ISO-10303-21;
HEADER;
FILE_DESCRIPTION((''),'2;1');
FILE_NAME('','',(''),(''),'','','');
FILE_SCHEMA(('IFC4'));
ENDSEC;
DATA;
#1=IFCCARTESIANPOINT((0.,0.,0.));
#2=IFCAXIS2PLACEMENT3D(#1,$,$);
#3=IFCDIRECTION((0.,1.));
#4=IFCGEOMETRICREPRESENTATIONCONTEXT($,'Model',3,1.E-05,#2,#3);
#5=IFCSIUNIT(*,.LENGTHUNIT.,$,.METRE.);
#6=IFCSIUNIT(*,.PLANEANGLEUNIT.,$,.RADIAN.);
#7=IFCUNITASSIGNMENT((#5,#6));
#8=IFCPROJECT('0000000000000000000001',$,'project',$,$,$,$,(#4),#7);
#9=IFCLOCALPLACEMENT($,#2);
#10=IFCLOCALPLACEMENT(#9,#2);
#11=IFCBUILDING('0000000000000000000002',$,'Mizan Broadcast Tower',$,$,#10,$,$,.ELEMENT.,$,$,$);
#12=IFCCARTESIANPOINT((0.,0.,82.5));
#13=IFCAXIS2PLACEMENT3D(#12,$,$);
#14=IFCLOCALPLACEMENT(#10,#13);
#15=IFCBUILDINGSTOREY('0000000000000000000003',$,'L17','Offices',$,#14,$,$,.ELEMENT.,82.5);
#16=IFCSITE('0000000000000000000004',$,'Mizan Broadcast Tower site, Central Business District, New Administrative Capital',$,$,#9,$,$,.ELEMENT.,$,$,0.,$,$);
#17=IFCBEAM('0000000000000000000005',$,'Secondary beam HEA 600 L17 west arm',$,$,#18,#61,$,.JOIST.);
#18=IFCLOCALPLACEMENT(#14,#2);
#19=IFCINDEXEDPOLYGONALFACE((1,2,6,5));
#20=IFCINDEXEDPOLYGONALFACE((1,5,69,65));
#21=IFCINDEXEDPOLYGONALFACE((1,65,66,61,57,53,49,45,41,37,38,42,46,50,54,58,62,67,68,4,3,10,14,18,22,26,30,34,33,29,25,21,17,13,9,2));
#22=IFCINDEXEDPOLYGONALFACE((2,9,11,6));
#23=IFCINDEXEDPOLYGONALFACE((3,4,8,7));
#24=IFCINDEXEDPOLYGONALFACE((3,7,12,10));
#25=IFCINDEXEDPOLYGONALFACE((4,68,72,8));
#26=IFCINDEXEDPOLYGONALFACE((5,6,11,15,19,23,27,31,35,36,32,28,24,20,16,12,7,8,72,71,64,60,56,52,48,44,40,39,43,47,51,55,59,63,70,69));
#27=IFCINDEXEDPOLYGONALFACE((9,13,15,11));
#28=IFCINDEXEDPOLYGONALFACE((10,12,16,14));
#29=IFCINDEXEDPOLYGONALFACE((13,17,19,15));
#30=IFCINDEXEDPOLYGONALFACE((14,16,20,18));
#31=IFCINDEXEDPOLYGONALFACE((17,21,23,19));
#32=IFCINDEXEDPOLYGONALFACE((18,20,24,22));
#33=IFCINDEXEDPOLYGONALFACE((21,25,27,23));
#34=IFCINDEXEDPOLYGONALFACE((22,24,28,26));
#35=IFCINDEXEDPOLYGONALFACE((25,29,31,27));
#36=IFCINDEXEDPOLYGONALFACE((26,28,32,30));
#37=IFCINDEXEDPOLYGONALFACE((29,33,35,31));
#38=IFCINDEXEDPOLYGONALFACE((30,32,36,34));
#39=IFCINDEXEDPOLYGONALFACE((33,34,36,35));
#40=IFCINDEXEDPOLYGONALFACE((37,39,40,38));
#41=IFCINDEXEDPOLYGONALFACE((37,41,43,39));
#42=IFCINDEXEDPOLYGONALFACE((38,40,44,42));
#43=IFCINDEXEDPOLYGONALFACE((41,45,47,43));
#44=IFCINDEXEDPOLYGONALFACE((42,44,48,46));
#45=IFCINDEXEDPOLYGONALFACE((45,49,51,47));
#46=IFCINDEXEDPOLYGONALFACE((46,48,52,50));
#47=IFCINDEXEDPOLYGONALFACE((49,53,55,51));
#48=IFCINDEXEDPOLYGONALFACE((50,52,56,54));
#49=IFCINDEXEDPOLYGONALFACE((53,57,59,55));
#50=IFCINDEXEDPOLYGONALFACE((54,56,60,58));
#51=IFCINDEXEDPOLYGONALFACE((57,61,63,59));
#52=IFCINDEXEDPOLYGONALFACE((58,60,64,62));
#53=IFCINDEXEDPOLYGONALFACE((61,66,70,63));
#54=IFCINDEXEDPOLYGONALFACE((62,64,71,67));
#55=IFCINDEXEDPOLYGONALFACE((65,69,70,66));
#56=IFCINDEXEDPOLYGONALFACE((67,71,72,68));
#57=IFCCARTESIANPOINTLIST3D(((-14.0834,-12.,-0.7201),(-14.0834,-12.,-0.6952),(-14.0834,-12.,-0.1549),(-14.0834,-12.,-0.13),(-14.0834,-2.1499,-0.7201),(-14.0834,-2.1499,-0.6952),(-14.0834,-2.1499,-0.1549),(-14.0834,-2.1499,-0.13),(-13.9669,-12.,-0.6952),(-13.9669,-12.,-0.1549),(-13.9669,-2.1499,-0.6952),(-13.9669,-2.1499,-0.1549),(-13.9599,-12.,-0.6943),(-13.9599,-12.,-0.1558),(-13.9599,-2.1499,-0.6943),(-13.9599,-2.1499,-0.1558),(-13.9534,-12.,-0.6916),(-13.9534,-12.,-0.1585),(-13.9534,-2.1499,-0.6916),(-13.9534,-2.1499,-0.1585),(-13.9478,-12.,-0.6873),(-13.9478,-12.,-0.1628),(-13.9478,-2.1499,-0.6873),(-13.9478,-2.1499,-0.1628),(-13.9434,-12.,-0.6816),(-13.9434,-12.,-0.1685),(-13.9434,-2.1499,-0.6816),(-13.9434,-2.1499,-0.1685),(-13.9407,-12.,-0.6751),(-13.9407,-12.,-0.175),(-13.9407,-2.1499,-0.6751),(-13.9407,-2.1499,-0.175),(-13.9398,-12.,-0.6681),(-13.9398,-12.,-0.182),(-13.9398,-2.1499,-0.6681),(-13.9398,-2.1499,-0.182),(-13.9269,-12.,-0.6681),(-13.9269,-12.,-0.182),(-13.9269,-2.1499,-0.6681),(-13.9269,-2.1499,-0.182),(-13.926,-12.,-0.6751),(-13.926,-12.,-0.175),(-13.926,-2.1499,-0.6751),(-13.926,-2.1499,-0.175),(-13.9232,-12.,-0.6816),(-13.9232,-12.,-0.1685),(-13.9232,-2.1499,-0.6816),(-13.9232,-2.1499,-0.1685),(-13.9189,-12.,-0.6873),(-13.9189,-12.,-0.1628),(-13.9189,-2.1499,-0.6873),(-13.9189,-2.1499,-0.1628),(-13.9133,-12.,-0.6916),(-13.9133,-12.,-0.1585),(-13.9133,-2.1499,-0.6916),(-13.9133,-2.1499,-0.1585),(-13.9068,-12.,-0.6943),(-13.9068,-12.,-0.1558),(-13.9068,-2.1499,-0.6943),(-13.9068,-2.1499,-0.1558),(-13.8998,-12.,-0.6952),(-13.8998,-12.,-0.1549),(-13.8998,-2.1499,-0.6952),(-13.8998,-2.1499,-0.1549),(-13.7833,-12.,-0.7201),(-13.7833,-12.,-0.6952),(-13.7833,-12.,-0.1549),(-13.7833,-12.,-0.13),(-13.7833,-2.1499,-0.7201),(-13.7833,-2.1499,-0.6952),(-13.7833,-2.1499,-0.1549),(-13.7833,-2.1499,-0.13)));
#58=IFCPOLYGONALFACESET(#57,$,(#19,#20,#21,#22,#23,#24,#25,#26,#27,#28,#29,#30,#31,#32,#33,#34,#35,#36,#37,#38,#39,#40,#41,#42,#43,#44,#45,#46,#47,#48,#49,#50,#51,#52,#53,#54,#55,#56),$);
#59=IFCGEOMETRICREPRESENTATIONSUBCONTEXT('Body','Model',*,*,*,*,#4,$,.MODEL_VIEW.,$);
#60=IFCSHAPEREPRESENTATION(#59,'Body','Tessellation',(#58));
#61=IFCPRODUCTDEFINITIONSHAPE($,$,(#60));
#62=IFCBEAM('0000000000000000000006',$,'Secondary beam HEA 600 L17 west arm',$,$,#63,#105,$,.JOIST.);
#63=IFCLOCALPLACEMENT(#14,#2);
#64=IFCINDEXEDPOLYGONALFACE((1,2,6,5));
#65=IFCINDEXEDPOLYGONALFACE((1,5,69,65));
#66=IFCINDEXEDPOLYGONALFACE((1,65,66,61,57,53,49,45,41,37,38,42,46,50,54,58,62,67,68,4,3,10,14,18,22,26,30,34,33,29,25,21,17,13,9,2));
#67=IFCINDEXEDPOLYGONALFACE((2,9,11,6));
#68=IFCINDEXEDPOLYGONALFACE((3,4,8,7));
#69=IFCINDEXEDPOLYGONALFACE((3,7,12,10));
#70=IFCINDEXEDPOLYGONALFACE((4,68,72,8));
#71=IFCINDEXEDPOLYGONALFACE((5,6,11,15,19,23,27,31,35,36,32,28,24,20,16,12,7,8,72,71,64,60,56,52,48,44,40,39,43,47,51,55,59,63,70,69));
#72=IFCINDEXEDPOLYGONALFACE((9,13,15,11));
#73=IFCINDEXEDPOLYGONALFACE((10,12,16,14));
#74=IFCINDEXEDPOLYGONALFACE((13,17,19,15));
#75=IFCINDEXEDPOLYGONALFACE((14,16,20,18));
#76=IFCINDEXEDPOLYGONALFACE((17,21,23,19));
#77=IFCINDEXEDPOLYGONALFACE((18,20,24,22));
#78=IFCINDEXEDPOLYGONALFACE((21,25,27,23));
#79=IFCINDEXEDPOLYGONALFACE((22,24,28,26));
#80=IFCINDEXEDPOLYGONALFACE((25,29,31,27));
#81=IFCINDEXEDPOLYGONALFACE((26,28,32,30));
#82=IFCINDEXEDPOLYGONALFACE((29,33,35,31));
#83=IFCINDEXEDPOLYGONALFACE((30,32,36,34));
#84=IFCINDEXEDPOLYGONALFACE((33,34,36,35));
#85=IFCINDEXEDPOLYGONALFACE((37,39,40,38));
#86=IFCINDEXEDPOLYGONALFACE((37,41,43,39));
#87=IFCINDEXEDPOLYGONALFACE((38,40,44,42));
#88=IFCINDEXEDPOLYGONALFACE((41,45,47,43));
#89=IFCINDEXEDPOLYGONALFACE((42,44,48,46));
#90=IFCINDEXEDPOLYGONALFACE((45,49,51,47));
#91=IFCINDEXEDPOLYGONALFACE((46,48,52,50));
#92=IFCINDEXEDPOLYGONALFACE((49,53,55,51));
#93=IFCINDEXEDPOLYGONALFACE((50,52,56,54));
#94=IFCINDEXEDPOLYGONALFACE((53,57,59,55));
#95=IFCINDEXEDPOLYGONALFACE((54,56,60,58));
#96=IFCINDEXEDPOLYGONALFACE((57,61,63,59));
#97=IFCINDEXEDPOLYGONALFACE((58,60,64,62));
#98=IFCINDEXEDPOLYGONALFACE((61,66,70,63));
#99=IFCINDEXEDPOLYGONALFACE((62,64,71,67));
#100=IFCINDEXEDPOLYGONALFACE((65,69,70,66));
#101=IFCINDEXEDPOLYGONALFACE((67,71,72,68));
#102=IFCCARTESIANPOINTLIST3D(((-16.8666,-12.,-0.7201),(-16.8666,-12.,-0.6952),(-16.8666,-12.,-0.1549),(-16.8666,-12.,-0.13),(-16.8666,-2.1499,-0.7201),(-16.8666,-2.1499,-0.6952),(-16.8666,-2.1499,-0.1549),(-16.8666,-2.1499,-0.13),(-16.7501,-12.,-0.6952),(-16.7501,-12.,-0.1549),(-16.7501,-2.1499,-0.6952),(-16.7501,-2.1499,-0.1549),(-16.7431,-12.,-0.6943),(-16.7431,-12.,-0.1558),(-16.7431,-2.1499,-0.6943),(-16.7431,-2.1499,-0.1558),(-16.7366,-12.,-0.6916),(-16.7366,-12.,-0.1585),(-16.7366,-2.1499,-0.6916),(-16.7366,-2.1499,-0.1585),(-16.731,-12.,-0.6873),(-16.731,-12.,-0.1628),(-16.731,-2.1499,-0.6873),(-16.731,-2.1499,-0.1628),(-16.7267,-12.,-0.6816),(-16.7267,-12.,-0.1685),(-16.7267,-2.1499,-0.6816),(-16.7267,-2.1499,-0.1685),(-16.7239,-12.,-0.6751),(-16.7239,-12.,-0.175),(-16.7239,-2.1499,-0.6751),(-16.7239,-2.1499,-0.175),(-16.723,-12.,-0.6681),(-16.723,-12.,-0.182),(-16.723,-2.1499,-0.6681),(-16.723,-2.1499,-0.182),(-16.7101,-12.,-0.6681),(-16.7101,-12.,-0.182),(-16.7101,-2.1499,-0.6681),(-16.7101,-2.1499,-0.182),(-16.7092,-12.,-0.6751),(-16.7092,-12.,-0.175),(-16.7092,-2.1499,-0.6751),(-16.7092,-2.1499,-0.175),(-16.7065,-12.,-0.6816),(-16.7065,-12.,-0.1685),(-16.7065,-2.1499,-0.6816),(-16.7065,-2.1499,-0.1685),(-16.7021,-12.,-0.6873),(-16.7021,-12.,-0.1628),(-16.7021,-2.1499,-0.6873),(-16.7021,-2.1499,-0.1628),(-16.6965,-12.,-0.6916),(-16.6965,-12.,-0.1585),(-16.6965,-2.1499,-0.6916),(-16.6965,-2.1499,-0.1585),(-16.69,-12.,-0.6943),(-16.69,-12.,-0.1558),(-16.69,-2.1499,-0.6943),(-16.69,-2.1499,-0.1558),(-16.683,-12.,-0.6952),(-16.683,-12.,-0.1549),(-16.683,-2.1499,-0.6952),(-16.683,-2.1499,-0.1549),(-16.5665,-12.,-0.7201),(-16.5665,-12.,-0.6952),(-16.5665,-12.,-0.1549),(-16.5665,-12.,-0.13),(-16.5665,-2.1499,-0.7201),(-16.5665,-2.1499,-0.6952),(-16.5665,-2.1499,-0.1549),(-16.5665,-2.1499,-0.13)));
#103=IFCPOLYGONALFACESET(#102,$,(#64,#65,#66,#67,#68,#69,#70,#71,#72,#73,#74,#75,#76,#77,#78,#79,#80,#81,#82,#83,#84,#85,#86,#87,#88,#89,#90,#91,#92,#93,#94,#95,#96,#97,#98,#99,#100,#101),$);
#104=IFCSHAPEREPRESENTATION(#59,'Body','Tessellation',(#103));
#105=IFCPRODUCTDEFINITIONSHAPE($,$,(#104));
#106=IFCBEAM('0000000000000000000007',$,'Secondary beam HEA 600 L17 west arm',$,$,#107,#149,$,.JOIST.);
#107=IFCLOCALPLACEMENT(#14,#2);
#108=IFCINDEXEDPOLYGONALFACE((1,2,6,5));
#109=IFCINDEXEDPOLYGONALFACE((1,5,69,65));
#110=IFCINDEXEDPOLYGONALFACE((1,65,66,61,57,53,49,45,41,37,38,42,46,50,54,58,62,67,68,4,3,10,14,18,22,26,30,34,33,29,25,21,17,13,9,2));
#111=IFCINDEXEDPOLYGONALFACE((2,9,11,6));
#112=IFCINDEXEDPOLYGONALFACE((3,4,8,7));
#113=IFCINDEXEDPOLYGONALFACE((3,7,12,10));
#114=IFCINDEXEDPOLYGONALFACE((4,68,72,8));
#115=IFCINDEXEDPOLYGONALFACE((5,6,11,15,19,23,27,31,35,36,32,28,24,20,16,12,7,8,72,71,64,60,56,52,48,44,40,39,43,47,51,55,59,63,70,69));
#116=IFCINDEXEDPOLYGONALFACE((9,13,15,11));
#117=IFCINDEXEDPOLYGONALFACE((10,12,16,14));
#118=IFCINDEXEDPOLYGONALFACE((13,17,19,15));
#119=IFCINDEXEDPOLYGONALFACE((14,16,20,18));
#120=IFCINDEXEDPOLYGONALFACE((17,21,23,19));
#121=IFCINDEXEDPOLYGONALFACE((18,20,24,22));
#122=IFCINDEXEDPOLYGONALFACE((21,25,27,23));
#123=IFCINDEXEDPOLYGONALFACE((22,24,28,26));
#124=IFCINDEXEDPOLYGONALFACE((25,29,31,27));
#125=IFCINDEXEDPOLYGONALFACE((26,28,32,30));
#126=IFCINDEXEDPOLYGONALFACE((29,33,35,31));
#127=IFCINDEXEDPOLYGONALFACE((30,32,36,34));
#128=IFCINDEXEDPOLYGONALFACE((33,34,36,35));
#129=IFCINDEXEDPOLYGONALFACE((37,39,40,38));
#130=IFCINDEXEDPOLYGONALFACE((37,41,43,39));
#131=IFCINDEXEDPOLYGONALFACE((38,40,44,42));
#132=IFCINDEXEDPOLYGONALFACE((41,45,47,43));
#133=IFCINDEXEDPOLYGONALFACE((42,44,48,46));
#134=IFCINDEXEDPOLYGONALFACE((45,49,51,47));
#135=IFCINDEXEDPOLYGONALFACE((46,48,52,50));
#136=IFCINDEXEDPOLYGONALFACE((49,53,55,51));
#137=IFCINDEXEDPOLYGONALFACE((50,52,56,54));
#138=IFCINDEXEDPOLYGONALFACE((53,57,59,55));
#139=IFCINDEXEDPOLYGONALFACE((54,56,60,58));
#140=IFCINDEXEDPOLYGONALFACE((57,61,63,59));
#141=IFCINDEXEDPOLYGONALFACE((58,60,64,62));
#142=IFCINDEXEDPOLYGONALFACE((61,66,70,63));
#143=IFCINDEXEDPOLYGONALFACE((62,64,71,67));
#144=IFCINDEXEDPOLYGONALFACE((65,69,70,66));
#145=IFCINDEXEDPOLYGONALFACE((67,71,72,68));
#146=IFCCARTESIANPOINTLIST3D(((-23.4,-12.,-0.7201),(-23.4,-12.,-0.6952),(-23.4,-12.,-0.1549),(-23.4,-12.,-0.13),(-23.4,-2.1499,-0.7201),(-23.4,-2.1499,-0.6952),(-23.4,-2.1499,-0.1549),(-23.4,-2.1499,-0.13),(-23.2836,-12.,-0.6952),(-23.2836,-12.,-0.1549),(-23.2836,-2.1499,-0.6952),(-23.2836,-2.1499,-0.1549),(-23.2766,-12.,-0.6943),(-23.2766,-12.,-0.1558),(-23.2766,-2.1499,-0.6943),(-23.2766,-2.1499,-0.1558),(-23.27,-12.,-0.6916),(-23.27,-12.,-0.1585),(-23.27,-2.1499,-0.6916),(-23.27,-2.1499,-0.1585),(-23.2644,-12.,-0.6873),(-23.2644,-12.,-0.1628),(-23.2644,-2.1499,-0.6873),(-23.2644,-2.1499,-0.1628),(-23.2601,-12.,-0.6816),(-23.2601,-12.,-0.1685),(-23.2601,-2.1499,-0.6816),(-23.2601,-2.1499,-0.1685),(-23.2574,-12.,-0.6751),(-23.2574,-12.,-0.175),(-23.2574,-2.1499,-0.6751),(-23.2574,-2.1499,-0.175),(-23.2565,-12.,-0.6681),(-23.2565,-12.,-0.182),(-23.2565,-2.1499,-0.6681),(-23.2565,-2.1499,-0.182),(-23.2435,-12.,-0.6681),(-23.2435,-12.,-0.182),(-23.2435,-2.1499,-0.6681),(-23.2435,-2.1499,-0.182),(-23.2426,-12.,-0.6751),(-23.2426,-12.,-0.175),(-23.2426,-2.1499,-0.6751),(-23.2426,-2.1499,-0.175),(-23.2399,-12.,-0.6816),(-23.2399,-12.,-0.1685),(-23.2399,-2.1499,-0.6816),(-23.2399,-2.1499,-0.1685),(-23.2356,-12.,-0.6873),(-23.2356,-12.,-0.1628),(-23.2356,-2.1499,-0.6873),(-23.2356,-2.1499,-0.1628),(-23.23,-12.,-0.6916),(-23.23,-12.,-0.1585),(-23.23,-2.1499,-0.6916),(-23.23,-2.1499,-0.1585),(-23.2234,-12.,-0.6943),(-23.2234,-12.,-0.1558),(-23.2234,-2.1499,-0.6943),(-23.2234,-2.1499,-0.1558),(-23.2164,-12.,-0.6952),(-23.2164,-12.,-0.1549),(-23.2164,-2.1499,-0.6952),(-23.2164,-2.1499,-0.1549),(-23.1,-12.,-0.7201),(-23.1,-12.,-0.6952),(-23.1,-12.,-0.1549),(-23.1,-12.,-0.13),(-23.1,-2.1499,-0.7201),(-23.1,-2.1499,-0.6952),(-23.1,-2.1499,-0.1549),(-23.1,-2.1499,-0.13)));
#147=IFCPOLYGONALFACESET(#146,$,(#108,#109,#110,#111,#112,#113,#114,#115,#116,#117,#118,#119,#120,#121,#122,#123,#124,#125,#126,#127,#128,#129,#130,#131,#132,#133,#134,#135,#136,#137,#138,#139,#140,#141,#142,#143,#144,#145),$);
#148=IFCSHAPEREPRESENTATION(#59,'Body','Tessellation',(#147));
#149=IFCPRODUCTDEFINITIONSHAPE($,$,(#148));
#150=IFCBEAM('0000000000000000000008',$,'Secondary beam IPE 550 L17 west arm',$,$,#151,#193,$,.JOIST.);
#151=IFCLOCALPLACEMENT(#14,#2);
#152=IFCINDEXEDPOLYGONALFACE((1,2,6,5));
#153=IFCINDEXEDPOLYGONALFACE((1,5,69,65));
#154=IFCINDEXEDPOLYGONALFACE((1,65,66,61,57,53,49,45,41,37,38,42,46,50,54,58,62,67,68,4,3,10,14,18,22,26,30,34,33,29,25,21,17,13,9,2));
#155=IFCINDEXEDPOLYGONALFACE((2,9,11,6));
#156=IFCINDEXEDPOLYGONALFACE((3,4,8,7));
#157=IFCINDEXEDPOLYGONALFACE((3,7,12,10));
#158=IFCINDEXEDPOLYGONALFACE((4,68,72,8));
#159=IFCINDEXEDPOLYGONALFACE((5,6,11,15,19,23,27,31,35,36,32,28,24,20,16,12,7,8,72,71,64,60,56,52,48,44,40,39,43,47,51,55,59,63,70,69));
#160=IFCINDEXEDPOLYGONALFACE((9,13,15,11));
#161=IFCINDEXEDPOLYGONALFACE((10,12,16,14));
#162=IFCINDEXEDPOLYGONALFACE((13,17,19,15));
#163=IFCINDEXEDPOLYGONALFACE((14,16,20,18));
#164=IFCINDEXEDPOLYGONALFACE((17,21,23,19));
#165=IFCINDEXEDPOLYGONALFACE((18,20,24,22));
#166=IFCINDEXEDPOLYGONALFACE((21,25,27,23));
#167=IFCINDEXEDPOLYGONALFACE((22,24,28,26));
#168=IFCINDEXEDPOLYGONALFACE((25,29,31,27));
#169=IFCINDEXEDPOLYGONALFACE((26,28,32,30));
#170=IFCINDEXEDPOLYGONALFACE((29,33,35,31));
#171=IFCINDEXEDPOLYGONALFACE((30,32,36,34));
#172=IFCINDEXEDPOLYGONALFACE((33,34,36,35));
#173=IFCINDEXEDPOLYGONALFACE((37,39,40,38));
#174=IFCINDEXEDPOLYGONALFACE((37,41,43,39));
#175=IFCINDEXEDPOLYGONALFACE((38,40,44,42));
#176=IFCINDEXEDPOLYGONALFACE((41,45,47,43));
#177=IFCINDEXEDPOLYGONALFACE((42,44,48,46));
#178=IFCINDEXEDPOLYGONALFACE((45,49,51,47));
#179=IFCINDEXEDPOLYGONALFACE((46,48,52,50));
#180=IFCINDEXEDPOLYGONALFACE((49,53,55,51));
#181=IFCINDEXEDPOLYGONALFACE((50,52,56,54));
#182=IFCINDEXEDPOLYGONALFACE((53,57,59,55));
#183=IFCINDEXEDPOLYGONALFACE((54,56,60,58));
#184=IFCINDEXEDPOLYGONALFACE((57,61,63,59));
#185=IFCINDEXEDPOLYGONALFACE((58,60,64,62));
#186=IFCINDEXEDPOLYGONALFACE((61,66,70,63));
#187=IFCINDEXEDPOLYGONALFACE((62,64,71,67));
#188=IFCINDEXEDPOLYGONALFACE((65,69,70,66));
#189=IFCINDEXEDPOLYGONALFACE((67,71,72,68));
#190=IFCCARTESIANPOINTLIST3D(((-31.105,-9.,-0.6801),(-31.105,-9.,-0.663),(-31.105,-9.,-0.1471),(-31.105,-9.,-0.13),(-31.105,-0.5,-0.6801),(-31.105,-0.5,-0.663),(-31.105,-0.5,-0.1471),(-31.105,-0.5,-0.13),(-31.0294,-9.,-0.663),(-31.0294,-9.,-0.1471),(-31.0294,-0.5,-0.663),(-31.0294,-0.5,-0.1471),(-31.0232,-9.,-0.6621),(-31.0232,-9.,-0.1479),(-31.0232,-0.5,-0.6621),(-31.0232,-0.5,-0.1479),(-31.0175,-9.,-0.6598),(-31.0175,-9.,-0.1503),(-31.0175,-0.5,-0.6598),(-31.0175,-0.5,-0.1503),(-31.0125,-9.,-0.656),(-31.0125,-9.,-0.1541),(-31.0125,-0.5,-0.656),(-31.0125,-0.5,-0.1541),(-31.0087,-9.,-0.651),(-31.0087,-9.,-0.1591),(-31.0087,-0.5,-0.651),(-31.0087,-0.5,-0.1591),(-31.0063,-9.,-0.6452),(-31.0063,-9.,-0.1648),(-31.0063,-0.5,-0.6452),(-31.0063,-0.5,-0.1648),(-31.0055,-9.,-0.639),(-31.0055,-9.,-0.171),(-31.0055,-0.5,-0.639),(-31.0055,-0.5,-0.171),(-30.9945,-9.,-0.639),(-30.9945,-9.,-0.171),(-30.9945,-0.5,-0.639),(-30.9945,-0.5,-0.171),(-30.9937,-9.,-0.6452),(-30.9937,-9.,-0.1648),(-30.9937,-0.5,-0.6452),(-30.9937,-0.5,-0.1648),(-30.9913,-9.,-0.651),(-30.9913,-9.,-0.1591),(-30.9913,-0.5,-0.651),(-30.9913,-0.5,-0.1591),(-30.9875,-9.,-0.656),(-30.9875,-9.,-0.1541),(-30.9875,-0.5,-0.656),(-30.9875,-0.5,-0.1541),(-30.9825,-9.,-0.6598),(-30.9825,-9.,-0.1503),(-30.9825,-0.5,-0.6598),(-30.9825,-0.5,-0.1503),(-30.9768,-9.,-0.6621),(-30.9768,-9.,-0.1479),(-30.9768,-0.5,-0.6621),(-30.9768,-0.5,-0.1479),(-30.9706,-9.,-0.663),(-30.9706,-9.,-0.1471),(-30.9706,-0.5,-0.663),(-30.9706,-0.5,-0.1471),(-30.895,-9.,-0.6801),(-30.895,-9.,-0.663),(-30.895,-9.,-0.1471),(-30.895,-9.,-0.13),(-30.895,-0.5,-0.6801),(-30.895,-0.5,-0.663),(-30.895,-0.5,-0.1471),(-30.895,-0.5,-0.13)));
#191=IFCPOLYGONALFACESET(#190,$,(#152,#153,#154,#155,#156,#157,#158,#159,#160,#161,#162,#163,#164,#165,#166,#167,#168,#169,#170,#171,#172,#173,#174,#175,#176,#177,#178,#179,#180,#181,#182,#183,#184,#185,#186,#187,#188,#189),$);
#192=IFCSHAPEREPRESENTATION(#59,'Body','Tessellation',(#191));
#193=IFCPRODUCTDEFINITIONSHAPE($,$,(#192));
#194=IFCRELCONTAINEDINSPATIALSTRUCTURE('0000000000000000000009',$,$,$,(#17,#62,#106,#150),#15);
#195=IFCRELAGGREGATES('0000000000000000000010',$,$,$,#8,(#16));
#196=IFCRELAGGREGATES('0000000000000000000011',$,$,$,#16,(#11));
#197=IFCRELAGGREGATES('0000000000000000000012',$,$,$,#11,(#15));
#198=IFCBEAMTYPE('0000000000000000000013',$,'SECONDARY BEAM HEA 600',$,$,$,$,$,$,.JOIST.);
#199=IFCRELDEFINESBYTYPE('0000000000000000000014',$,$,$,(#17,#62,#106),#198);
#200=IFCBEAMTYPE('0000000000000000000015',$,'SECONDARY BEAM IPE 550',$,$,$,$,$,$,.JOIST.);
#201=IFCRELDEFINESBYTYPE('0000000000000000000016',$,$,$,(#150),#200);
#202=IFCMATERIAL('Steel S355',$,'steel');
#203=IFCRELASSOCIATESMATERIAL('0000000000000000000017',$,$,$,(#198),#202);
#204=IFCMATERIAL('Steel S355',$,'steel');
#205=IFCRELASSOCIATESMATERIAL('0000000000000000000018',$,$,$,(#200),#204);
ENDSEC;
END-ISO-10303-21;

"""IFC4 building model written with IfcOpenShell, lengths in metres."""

from ifc_helpers import new_model, si_unit, direction, frame, origin, origin_2d, place, context, subcontext, project, spatial, i_section, extrude, material, material_profile, profile_set, type_object, element, save


model = new_model("IFC4")

# Units and contexts
model_context = context("Model", 3, precision=1e-05, world=origin(), true_north=direction((0.0, 1.0)))
body_context = subcontext(model_context, "Body", "Model", "MODEL_VIEW")
ifc_project = project(units=[si_unit("LENGTHUNIT", "METRE"), si_unit("PLANEANGLEUNIT", "RADIAN")], contexts=[model_context])

# Site, building, storey
site_placement = place(None, origin())
site = spatial("IfcSite", under=ifc_project, at=site_placement, Name="Mizan Broadcast Tower site, Central Business District, New Administrative Capital", CompositionType="ELEMENT", RefElevation=0.0)
building_placement = place(site_placement, origin())
building = spatial("IfcBuilding", under=site, at=building_placement, Name="Mizan Broadcast Tower", CompositionType="ELEMENT")
storey_placement = place(building_placement, frame((0.0, 0.0, 82.5)))
storey = spatial("IfcBuildingStorey", under=building, at=storey_placement, Name="L17", Description="Offices", CompositionType="ELEMENT", Elevation=82.5)

# Beams
ifc_material_1 = material(Name="Steel S355", Category="steel")
ifc_material_profile_1 = material_profile(ifc_material_1, i_section(OverallWidth=0.3, OverallDepth=0.5901, WebThickness=0.0129, FlangeThickness=0.0249, FilletRadius=0.0271, at=origin_2d()), Name="HEA 600")
ifc_profile_set_1 = profile_set([ifc_material_profile_1], Name="Steel S355")
beam_type_1 = type_object("IfcBeamType", Name="SECONDARY BEAM HEA 600", PredefinedType="JOIST", material=ifc_profile_set_1)
for number, where, z_axis, x_axis, name in (
    (1, (-13.9333, -12.0, -0.425), (0.0, 1.0, 0.0), (-1.0, 0.0, 0.0), "Secondary beam HEA 600 L17 west arm"),
    (2, (-16.7166, -12.0, -0.425), (0.0, 1.0, 0.0), (-1.0, 0.0, 0.0), "Secondary beam HEA 600 L17 west arm"),
    (3, (-23.25, -12.0, -0.425), (0.0, 1.0, 0.0), (-1.0, 0.0, 0.0), "Secondary beam HEA 600 L17 west arm"),
):
    element("IfcBeam", number, at=place(storey_placement, frame(where, z_axis=z_axis, x_axis=x_axis)), inside=storey, type_object=beam_type_1, Name=name, PredefinedType="JOIST", context=body_context, shape_type="SweptSolid", body=[
        extrude(i_section(OverallWidth=0.3, OverallDepth=0.5901, WebThickness=0.0129, FlangeThickness=0.0249, FilletRadius=0.0271, at=origin_2d()), origin(), (0.0, 0.0, 1.0), 9.8501),
    ])
ifc_material_2 = material(Name="Steel S355", Category="steel")
ifc_material_profile_2 = material_profile(ifc_material_2, i_section(OverallWidth=0.21, OverallDepth=0.55, WebThickness=0.011, FlangeThickness=0.0171, FilletRadius=0.0239, at=origin_2d()), Name="IPE 550")
ifc_profile_set_2 = profile_set([ifc_material_profile_2], Name="Steel S355")
beam_type_2 = type_object("IfcBeamType", Name="SECONDARY BEAM IPE 550", PredefinedType="JOIST", material=ifc_profile_set_2)
beam_1_placement = place(storey_placement, frame((-31.0, -9.0, -0.405), z_axis=(0.0, 1.0, 0.0), x_axis=(-1.0, 0.0, 0.0)))
element("IfcBeam", 4, at=beam_1_placement, inside=storey, type_object=beam_type_2, Name="Secondary beam IPE 550 L17 west arm", PredefinedType="JOIST", context=body_context, shape_type="SweptSolid", body=[
    extrude(i_section(OverallWidth=0.21, OverallDepth=0.55, WebThickness=0.011, FlangeThickness=0.0171, FilletRadius=0.0239, at=origin_2d()), origin(), (0.0, 0.0, 1.0), 8.5),
])

save(model, "model.ifc")
